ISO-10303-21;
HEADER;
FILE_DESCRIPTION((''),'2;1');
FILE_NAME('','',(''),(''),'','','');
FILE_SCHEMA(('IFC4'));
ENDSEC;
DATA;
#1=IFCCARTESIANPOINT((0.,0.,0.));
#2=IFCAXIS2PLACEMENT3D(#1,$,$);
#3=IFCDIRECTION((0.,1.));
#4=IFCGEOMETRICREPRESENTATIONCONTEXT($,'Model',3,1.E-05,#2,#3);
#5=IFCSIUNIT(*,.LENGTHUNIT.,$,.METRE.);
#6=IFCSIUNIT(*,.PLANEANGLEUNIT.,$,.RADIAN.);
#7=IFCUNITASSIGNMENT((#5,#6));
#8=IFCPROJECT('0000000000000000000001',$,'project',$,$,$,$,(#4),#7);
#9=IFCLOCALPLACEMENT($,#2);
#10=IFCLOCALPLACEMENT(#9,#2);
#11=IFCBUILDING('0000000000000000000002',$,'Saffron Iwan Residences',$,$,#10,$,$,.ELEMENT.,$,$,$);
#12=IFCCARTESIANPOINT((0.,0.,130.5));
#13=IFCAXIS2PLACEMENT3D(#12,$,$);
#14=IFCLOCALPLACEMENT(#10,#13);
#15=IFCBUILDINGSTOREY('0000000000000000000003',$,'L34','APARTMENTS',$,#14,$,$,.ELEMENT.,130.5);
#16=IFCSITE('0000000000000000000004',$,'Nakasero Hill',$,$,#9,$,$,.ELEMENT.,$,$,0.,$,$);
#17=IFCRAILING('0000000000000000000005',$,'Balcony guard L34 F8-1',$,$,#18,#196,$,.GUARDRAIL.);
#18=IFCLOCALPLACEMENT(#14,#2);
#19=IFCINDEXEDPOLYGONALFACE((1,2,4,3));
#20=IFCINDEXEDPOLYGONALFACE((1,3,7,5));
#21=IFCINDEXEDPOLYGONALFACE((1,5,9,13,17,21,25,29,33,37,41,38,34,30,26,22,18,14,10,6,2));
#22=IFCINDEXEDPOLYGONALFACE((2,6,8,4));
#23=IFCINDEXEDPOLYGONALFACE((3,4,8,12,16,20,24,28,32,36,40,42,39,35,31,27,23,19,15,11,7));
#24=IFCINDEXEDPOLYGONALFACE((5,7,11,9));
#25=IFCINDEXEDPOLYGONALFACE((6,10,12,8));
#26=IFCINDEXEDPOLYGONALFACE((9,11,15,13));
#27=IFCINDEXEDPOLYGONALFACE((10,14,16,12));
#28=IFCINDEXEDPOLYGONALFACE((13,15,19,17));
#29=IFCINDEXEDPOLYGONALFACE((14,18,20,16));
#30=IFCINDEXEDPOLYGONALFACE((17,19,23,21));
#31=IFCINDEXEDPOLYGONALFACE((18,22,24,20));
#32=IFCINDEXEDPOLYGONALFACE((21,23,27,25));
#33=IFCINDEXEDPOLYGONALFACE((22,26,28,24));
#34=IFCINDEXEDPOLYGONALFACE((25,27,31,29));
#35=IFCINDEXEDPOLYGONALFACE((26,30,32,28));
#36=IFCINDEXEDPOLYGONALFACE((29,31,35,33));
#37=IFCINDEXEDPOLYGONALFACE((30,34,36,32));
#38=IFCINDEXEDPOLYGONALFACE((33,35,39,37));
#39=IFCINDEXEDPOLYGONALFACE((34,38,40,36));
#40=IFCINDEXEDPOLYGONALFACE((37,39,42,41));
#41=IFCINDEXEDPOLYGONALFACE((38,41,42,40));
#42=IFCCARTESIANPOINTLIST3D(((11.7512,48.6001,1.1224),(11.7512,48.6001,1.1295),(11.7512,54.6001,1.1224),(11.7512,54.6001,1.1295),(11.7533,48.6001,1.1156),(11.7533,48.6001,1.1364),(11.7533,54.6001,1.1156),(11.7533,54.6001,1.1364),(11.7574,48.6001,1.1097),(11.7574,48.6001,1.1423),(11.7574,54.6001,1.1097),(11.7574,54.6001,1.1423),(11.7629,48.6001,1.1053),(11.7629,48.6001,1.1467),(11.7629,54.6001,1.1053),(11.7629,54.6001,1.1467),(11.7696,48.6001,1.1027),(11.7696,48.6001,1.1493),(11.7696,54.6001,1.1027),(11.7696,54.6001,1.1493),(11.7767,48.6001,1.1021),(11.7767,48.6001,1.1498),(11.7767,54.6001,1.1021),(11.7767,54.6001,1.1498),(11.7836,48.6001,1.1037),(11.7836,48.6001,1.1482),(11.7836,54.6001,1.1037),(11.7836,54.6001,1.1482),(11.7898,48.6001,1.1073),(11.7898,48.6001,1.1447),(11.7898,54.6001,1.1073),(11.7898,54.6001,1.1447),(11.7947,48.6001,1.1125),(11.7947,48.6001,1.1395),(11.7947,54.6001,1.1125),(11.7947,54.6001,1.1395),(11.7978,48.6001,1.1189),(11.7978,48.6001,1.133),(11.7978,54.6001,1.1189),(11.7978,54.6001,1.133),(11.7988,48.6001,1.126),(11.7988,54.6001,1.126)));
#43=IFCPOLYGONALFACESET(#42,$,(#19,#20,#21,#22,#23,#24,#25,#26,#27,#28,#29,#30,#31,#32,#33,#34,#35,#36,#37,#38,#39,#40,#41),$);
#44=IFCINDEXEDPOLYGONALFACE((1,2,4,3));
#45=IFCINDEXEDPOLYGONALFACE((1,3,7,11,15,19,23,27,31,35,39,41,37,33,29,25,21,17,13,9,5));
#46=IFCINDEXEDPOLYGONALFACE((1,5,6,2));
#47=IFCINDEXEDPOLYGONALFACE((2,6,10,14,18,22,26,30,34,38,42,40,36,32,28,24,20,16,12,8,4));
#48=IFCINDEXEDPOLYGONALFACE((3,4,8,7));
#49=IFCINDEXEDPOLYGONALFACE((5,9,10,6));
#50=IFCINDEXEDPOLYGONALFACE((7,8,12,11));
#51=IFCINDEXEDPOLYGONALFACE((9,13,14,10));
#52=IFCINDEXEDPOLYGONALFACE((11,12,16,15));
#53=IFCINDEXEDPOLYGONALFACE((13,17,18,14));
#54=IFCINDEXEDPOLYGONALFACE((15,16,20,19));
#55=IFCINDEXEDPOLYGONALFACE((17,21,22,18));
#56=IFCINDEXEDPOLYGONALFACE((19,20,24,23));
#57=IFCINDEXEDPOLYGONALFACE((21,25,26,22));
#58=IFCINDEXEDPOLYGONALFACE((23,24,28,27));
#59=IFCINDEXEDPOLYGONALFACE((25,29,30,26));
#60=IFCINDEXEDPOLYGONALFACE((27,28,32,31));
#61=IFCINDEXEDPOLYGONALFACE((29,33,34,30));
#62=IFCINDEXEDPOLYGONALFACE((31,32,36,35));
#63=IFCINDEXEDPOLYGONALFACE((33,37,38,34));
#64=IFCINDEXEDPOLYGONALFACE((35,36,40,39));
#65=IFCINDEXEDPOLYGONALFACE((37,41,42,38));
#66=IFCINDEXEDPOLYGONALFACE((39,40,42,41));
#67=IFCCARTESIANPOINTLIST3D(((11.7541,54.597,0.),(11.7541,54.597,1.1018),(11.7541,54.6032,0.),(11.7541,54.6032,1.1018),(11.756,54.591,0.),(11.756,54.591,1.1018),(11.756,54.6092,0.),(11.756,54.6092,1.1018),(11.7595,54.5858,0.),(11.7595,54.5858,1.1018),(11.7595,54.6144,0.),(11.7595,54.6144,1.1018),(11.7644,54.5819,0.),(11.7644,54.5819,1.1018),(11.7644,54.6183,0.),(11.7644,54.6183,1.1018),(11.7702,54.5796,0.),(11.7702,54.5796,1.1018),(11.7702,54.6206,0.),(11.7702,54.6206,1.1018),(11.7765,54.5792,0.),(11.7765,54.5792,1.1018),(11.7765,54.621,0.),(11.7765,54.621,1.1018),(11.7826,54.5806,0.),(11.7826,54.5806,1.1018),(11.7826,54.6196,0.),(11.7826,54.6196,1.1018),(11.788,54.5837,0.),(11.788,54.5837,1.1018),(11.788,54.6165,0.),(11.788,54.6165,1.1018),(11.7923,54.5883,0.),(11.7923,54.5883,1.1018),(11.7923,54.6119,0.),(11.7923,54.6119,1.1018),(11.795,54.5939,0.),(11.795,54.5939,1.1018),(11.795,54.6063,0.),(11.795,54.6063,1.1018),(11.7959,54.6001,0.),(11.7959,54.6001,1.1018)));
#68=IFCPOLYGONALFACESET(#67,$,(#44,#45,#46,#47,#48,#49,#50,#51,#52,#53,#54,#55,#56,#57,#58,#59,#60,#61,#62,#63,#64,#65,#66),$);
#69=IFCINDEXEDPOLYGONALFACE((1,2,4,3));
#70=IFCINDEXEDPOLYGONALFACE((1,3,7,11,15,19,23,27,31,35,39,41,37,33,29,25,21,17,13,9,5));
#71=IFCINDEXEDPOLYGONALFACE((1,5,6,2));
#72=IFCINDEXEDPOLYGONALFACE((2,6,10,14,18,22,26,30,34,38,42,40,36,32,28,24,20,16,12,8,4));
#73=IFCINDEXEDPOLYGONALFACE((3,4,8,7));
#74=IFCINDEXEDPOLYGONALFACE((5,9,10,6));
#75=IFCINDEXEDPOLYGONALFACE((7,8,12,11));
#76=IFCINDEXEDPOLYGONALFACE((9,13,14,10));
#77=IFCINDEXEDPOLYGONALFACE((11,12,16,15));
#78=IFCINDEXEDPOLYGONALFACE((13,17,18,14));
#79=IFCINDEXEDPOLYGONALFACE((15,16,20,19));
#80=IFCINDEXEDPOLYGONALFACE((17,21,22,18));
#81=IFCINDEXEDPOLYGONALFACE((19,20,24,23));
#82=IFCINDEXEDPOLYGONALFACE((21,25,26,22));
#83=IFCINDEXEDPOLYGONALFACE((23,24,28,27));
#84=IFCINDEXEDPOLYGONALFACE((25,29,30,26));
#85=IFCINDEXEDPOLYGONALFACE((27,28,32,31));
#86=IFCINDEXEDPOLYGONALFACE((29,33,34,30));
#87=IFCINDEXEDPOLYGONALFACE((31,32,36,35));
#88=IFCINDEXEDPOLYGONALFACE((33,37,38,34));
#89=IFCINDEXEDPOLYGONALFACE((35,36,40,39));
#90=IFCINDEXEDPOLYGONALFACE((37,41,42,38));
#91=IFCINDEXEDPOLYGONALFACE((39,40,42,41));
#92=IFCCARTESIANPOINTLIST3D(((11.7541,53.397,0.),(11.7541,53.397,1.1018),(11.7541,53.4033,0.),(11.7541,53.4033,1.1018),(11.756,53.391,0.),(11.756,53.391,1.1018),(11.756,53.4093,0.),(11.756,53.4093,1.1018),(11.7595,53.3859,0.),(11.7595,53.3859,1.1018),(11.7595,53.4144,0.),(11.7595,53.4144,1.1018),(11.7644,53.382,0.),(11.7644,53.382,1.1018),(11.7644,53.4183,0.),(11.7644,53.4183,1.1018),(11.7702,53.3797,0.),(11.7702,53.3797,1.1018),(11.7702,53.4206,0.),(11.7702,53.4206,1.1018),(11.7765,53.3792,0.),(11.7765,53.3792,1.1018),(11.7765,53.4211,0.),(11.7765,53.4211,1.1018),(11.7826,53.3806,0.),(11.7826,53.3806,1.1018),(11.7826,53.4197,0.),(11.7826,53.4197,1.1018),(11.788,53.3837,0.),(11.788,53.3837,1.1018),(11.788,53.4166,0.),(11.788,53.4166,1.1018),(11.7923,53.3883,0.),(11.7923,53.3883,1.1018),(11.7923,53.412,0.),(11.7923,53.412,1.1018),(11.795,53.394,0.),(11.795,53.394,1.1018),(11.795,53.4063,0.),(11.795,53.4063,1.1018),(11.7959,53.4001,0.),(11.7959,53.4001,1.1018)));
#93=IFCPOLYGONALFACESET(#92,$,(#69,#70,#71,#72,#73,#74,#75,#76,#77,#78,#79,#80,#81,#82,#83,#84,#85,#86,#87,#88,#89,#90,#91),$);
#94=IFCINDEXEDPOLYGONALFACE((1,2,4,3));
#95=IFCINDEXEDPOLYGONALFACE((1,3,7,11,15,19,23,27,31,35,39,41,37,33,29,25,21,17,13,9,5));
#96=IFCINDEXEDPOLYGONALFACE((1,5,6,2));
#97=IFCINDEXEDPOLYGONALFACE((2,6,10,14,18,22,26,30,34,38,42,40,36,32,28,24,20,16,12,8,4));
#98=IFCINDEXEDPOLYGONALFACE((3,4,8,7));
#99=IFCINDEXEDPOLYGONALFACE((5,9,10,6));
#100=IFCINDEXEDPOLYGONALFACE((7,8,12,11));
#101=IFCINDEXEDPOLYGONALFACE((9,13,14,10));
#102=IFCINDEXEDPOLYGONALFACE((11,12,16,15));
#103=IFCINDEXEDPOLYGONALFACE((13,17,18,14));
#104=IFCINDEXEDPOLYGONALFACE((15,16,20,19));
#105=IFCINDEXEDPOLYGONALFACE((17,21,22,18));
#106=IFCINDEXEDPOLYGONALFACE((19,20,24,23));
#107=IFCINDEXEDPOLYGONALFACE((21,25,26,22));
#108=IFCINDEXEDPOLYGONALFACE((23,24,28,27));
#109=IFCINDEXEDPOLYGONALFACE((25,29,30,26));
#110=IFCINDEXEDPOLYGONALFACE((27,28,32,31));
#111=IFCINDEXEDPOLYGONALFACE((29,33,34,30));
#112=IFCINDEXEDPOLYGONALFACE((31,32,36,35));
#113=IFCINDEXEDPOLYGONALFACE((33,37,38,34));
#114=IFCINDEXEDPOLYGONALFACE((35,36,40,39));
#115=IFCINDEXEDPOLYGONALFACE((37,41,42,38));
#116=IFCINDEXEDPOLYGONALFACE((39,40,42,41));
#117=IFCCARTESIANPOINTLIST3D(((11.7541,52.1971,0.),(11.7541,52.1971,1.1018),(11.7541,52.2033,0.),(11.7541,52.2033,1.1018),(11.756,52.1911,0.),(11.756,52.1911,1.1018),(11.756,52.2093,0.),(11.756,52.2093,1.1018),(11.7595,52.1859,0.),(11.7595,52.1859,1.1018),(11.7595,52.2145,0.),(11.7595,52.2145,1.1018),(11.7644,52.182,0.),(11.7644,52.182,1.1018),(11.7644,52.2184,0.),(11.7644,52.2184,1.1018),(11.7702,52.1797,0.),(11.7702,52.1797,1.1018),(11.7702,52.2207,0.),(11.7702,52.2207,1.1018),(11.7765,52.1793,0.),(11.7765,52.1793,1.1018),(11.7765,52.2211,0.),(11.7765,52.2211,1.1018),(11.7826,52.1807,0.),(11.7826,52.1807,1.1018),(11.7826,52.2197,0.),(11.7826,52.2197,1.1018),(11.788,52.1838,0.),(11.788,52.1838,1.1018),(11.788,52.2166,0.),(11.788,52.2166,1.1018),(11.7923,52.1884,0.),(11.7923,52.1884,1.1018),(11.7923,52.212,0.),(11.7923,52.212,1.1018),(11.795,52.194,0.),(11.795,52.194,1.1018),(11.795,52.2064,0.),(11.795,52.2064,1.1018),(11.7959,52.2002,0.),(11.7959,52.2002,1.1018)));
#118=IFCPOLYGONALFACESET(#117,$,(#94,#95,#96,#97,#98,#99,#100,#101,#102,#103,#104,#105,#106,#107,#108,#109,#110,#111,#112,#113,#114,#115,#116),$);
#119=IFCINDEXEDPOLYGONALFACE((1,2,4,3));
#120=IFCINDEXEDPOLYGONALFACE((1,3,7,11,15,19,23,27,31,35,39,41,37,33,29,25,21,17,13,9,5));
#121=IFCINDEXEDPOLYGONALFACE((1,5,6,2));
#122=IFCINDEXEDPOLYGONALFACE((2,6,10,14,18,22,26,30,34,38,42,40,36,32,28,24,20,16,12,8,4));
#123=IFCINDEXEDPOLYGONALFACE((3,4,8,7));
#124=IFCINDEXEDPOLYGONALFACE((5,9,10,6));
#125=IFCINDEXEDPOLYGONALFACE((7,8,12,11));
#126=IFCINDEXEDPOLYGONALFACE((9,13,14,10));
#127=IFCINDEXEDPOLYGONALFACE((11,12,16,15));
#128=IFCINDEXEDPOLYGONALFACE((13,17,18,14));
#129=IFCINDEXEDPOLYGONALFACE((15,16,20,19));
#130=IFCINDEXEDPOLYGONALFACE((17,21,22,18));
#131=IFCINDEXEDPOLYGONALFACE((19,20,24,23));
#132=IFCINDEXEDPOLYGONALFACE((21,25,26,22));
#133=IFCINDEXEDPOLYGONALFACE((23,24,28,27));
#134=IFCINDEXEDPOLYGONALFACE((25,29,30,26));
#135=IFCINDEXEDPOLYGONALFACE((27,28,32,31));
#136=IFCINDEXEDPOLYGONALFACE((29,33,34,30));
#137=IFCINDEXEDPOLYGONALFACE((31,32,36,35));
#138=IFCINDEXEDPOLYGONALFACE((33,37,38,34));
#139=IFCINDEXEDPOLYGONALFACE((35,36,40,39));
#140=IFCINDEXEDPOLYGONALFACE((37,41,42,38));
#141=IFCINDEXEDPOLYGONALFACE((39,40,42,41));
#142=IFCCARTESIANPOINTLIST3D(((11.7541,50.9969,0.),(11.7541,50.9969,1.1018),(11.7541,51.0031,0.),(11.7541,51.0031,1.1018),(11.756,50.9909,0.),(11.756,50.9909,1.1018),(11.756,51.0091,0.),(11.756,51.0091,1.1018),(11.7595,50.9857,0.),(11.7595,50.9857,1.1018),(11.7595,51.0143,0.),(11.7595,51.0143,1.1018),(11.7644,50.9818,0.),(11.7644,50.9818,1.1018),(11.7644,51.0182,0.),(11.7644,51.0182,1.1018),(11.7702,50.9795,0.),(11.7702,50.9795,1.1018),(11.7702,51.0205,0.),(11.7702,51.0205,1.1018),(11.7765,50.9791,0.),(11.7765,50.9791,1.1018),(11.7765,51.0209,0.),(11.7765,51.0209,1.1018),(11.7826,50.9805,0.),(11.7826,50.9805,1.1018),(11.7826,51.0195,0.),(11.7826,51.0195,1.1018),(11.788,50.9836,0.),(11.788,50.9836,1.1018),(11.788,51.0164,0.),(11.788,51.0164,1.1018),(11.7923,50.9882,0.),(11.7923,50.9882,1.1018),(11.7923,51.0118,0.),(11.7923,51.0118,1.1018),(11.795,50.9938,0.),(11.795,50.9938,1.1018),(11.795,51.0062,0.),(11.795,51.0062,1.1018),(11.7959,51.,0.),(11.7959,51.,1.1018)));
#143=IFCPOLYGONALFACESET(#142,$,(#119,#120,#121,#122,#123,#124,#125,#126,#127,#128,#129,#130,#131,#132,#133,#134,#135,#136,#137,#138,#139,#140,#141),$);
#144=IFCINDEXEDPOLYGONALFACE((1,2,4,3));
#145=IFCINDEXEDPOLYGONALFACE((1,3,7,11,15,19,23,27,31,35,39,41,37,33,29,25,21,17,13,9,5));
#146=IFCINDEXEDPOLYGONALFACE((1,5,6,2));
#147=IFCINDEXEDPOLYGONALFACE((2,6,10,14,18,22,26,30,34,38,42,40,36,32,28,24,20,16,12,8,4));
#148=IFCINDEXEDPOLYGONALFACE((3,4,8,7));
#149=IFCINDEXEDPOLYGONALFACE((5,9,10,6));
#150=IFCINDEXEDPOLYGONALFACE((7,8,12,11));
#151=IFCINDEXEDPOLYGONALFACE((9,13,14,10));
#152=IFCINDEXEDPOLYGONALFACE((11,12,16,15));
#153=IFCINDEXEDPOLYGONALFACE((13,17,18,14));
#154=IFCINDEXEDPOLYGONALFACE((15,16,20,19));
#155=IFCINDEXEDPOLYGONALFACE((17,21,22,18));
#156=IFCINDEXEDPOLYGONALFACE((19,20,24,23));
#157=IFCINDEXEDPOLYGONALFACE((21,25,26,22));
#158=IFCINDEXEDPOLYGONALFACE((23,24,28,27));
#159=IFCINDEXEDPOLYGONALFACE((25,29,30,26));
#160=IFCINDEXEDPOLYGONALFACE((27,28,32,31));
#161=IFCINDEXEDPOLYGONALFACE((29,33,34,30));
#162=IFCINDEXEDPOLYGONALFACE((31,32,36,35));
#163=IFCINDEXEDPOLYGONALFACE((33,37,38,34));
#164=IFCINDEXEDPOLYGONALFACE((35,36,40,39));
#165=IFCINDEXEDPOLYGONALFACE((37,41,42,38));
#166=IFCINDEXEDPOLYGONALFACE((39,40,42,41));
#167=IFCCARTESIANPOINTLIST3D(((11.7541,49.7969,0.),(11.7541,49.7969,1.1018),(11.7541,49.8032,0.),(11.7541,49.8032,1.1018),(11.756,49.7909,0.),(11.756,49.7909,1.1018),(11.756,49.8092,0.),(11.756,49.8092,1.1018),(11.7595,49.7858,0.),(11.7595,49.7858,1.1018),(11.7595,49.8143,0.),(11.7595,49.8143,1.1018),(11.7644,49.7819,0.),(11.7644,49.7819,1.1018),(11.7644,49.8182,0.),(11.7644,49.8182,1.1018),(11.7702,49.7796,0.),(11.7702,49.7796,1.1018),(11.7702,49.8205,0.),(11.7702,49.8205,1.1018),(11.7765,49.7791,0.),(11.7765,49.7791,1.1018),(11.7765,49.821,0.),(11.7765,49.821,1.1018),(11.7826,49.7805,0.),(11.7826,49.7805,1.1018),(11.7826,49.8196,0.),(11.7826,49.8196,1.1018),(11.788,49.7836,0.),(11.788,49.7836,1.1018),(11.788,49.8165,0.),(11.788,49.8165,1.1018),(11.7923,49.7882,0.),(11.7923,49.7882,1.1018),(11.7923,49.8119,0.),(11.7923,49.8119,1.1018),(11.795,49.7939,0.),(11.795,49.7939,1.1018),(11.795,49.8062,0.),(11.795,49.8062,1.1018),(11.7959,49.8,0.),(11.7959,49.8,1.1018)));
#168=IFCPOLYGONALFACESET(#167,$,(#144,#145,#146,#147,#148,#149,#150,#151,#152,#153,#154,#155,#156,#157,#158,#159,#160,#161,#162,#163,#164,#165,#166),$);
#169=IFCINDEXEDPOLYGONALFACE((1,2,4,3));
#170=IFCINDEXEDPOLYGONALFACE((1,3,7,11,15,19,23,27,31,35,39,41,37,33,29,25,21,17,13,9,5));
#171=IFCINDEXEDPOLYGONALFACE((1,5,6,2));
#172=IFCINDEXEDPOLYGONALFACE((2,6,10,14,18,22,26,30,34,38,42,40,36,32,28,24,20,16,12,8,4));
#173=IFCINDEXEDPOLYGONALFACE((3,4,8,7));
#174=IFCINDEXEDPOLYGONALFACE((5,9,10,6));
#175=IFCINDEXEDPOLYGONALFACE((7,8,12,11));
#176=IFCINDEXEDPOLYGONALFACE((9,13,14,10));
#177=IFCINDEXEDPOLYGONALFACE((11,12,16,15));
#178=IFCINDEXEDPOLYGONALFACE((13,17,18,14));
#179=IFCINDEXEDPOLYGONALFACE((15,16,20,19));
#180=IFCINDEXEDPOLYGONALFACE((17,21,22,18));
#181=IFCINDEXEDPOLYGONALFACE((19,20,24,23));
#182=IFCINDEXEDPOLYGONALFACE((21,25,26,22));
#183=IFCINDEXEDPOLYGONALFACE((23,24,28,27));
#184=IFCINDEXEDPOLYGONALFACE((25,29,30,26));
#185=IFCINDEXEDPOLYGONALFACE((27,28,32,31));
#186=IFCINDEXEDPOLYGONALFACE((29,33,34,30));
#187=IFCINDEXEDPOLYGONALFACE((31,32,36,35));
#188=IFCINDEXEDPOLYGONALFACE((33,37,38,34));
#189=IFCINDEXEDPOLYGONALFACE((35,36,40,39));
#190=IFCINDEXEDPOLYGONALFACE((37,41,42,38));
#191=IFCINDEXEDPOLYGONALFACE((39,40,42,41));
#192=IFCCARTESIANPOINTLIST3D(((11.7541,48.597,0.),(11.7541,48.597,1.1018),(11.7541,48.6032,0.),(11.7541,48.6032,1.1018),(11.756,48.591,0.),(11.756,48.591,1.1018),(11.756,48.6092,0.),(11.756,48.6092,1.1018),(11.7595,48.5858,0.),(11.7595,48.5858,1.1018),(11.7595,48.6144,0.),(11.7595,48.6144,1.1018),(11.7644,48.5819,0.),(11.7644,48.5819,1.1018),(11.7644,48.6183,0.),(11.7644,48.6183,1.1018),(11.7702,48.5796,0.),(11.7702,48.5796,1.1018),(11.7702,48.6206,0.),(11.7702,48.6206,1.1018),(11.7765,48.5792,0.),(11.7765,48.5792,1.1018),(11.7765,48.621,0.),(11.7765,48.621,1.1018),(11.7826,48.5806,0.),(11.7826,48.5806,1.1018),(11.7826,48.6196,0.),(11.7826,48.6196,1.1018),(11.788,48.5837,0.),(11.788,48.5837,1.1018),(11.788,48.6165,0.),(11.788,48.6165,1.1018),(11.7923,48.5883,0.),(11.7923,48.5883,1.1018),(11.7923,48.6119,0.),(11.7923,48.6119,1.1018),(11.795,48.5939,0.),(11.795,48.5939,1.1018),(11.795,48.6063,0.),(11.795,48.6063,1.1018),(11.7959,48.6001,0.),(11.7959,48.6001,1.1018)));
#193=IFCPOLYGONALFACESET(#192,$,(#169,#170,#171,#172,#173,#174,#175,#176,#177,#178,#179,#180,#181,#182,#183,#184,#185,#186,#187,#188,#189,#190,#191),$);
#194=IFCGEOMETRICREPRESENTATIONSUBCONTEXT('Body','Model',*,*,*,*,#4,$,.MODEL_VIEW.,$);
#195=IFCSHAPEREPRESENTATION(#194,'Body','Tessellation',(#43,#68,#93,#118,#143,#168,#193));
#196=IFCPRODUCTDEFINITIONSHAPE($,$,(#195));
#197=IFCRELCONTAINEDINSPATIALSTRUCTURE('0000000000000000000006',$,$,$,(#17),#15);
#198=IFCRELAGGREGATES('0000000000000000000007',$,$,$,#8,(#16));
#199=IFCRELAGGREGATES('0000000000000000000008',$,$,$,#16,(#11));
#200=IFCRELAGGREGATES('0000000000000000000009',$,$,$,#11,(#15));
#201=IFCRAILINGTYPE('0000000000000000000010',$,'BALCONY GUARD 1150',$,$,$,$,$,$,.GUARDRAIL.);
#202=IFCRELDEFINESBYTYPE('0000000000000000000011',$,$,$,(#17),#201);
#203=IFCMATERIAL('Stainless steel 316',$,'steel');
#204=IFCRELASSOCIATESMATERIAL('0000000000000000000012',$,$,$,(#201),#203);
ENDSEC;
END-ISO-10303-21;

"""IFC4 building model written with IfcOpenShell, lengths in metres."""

from ifc_helpers import new_model, si_unit, direction, frame, origin, origin_2d, place, context, subcontext, project, spatial, circle, extrude, material, type_object, element, save


model = new_model("IFC4")

# Units and contexts
model_context = context("Model", 3, precision=1e-05, world=origin(), true_north=direction((0.0, 1.0)))
body_context = subcontext(model_context, "Body", "Model", "MODEL_VIEW")
ifc_project = project(units=[si_unit("LENGTHUNIT", "METRE"), si_unit("PLANEANGLEUNIT", "RADIAN")], contexts=[model_context])

# Site, building, storey
site_placement = place(None, origin())
site = spatial("IfcSite", under=ifc_project, at=site_placement, Name="Nakasero Hill", CompositionType="ELEMENT", RefElevation=0.0)
building_placement = place(site_placement, origin())
building = spatial("IfcBuilding", under=site, at=building_placement, Name="Saffron Iwan Residences", CompositionType="ELEMENT")
storey_placement = place(building_placement, frame((0.0, 0.0, 130.5)))
storey = spatial("IfcBuildingStorey", under=building, at=storey_placement, Name="L34", Description="APARTMENTS", CompositionType="ELEMENT", Elevation=130.5)

# Railing
ifc_material_1 = material(Name="Stainless steel 316", Category="steel")
railing_type = type_object("IfcRailingType", Name="BALCONY GUARD 1150", PredefinedType="GUARDRAIL", material=ifc_material_1)
railing_placement = place(storey_placement, frame((11.7749, 54.6001, 0.0)))
element("IfcRailing", 1, at=railing_placement, inside=storey, type_object=railing_type, Name="Balcony guard L34 F8-1", PredefinedType="GUARDRAIL", context=body_context, shape_type="SweptSolid", body=[
    extrude(circle(Radius=0.0239, at=origin_2d()), frame((0.0, 0.0, 1.126), z_axis=(0.0, -1.0, 0.0), x_axis=(1.0, 0.0, 0.0)), (0.0, 0.0, 1.0), 6.0),
    extrude(circle(Radius=0.021, at=origin_2d()), origin(), (0.0, 0.0, 1.0), 1.1018),
    extrude(circle(Radius=0.021, at=origin_2d()), frame((0.0, -1.2, 0.0)), (0.0, 0.0, 1.0), 1.1018),
    extrude(circle(Radius=0.021, at=origin_2d()), frame((0.0, -2.3999, 0.0)), (0.0, 0.0, 1.0), 1.1018),
    extrude(circle(Radius=0.021, at=origin_2d()), frame((0.0, -3.6001, 0.0)), (0.0, 0.0, 1.0), 1.1018),
    extrude(circle(Radius=0.021, at=origin_2d()), frame((0.0, -4.8, 0.0)), (0.0, 0.0, 1.0), 1.1018),
    extrude(circle(Radius=0.021, at=origin_2d()), frame((0.0, -6.0, 0.0)), (0.0, 0.0, 1.0), 1.1018),
])

save(model, "model.ifc")
